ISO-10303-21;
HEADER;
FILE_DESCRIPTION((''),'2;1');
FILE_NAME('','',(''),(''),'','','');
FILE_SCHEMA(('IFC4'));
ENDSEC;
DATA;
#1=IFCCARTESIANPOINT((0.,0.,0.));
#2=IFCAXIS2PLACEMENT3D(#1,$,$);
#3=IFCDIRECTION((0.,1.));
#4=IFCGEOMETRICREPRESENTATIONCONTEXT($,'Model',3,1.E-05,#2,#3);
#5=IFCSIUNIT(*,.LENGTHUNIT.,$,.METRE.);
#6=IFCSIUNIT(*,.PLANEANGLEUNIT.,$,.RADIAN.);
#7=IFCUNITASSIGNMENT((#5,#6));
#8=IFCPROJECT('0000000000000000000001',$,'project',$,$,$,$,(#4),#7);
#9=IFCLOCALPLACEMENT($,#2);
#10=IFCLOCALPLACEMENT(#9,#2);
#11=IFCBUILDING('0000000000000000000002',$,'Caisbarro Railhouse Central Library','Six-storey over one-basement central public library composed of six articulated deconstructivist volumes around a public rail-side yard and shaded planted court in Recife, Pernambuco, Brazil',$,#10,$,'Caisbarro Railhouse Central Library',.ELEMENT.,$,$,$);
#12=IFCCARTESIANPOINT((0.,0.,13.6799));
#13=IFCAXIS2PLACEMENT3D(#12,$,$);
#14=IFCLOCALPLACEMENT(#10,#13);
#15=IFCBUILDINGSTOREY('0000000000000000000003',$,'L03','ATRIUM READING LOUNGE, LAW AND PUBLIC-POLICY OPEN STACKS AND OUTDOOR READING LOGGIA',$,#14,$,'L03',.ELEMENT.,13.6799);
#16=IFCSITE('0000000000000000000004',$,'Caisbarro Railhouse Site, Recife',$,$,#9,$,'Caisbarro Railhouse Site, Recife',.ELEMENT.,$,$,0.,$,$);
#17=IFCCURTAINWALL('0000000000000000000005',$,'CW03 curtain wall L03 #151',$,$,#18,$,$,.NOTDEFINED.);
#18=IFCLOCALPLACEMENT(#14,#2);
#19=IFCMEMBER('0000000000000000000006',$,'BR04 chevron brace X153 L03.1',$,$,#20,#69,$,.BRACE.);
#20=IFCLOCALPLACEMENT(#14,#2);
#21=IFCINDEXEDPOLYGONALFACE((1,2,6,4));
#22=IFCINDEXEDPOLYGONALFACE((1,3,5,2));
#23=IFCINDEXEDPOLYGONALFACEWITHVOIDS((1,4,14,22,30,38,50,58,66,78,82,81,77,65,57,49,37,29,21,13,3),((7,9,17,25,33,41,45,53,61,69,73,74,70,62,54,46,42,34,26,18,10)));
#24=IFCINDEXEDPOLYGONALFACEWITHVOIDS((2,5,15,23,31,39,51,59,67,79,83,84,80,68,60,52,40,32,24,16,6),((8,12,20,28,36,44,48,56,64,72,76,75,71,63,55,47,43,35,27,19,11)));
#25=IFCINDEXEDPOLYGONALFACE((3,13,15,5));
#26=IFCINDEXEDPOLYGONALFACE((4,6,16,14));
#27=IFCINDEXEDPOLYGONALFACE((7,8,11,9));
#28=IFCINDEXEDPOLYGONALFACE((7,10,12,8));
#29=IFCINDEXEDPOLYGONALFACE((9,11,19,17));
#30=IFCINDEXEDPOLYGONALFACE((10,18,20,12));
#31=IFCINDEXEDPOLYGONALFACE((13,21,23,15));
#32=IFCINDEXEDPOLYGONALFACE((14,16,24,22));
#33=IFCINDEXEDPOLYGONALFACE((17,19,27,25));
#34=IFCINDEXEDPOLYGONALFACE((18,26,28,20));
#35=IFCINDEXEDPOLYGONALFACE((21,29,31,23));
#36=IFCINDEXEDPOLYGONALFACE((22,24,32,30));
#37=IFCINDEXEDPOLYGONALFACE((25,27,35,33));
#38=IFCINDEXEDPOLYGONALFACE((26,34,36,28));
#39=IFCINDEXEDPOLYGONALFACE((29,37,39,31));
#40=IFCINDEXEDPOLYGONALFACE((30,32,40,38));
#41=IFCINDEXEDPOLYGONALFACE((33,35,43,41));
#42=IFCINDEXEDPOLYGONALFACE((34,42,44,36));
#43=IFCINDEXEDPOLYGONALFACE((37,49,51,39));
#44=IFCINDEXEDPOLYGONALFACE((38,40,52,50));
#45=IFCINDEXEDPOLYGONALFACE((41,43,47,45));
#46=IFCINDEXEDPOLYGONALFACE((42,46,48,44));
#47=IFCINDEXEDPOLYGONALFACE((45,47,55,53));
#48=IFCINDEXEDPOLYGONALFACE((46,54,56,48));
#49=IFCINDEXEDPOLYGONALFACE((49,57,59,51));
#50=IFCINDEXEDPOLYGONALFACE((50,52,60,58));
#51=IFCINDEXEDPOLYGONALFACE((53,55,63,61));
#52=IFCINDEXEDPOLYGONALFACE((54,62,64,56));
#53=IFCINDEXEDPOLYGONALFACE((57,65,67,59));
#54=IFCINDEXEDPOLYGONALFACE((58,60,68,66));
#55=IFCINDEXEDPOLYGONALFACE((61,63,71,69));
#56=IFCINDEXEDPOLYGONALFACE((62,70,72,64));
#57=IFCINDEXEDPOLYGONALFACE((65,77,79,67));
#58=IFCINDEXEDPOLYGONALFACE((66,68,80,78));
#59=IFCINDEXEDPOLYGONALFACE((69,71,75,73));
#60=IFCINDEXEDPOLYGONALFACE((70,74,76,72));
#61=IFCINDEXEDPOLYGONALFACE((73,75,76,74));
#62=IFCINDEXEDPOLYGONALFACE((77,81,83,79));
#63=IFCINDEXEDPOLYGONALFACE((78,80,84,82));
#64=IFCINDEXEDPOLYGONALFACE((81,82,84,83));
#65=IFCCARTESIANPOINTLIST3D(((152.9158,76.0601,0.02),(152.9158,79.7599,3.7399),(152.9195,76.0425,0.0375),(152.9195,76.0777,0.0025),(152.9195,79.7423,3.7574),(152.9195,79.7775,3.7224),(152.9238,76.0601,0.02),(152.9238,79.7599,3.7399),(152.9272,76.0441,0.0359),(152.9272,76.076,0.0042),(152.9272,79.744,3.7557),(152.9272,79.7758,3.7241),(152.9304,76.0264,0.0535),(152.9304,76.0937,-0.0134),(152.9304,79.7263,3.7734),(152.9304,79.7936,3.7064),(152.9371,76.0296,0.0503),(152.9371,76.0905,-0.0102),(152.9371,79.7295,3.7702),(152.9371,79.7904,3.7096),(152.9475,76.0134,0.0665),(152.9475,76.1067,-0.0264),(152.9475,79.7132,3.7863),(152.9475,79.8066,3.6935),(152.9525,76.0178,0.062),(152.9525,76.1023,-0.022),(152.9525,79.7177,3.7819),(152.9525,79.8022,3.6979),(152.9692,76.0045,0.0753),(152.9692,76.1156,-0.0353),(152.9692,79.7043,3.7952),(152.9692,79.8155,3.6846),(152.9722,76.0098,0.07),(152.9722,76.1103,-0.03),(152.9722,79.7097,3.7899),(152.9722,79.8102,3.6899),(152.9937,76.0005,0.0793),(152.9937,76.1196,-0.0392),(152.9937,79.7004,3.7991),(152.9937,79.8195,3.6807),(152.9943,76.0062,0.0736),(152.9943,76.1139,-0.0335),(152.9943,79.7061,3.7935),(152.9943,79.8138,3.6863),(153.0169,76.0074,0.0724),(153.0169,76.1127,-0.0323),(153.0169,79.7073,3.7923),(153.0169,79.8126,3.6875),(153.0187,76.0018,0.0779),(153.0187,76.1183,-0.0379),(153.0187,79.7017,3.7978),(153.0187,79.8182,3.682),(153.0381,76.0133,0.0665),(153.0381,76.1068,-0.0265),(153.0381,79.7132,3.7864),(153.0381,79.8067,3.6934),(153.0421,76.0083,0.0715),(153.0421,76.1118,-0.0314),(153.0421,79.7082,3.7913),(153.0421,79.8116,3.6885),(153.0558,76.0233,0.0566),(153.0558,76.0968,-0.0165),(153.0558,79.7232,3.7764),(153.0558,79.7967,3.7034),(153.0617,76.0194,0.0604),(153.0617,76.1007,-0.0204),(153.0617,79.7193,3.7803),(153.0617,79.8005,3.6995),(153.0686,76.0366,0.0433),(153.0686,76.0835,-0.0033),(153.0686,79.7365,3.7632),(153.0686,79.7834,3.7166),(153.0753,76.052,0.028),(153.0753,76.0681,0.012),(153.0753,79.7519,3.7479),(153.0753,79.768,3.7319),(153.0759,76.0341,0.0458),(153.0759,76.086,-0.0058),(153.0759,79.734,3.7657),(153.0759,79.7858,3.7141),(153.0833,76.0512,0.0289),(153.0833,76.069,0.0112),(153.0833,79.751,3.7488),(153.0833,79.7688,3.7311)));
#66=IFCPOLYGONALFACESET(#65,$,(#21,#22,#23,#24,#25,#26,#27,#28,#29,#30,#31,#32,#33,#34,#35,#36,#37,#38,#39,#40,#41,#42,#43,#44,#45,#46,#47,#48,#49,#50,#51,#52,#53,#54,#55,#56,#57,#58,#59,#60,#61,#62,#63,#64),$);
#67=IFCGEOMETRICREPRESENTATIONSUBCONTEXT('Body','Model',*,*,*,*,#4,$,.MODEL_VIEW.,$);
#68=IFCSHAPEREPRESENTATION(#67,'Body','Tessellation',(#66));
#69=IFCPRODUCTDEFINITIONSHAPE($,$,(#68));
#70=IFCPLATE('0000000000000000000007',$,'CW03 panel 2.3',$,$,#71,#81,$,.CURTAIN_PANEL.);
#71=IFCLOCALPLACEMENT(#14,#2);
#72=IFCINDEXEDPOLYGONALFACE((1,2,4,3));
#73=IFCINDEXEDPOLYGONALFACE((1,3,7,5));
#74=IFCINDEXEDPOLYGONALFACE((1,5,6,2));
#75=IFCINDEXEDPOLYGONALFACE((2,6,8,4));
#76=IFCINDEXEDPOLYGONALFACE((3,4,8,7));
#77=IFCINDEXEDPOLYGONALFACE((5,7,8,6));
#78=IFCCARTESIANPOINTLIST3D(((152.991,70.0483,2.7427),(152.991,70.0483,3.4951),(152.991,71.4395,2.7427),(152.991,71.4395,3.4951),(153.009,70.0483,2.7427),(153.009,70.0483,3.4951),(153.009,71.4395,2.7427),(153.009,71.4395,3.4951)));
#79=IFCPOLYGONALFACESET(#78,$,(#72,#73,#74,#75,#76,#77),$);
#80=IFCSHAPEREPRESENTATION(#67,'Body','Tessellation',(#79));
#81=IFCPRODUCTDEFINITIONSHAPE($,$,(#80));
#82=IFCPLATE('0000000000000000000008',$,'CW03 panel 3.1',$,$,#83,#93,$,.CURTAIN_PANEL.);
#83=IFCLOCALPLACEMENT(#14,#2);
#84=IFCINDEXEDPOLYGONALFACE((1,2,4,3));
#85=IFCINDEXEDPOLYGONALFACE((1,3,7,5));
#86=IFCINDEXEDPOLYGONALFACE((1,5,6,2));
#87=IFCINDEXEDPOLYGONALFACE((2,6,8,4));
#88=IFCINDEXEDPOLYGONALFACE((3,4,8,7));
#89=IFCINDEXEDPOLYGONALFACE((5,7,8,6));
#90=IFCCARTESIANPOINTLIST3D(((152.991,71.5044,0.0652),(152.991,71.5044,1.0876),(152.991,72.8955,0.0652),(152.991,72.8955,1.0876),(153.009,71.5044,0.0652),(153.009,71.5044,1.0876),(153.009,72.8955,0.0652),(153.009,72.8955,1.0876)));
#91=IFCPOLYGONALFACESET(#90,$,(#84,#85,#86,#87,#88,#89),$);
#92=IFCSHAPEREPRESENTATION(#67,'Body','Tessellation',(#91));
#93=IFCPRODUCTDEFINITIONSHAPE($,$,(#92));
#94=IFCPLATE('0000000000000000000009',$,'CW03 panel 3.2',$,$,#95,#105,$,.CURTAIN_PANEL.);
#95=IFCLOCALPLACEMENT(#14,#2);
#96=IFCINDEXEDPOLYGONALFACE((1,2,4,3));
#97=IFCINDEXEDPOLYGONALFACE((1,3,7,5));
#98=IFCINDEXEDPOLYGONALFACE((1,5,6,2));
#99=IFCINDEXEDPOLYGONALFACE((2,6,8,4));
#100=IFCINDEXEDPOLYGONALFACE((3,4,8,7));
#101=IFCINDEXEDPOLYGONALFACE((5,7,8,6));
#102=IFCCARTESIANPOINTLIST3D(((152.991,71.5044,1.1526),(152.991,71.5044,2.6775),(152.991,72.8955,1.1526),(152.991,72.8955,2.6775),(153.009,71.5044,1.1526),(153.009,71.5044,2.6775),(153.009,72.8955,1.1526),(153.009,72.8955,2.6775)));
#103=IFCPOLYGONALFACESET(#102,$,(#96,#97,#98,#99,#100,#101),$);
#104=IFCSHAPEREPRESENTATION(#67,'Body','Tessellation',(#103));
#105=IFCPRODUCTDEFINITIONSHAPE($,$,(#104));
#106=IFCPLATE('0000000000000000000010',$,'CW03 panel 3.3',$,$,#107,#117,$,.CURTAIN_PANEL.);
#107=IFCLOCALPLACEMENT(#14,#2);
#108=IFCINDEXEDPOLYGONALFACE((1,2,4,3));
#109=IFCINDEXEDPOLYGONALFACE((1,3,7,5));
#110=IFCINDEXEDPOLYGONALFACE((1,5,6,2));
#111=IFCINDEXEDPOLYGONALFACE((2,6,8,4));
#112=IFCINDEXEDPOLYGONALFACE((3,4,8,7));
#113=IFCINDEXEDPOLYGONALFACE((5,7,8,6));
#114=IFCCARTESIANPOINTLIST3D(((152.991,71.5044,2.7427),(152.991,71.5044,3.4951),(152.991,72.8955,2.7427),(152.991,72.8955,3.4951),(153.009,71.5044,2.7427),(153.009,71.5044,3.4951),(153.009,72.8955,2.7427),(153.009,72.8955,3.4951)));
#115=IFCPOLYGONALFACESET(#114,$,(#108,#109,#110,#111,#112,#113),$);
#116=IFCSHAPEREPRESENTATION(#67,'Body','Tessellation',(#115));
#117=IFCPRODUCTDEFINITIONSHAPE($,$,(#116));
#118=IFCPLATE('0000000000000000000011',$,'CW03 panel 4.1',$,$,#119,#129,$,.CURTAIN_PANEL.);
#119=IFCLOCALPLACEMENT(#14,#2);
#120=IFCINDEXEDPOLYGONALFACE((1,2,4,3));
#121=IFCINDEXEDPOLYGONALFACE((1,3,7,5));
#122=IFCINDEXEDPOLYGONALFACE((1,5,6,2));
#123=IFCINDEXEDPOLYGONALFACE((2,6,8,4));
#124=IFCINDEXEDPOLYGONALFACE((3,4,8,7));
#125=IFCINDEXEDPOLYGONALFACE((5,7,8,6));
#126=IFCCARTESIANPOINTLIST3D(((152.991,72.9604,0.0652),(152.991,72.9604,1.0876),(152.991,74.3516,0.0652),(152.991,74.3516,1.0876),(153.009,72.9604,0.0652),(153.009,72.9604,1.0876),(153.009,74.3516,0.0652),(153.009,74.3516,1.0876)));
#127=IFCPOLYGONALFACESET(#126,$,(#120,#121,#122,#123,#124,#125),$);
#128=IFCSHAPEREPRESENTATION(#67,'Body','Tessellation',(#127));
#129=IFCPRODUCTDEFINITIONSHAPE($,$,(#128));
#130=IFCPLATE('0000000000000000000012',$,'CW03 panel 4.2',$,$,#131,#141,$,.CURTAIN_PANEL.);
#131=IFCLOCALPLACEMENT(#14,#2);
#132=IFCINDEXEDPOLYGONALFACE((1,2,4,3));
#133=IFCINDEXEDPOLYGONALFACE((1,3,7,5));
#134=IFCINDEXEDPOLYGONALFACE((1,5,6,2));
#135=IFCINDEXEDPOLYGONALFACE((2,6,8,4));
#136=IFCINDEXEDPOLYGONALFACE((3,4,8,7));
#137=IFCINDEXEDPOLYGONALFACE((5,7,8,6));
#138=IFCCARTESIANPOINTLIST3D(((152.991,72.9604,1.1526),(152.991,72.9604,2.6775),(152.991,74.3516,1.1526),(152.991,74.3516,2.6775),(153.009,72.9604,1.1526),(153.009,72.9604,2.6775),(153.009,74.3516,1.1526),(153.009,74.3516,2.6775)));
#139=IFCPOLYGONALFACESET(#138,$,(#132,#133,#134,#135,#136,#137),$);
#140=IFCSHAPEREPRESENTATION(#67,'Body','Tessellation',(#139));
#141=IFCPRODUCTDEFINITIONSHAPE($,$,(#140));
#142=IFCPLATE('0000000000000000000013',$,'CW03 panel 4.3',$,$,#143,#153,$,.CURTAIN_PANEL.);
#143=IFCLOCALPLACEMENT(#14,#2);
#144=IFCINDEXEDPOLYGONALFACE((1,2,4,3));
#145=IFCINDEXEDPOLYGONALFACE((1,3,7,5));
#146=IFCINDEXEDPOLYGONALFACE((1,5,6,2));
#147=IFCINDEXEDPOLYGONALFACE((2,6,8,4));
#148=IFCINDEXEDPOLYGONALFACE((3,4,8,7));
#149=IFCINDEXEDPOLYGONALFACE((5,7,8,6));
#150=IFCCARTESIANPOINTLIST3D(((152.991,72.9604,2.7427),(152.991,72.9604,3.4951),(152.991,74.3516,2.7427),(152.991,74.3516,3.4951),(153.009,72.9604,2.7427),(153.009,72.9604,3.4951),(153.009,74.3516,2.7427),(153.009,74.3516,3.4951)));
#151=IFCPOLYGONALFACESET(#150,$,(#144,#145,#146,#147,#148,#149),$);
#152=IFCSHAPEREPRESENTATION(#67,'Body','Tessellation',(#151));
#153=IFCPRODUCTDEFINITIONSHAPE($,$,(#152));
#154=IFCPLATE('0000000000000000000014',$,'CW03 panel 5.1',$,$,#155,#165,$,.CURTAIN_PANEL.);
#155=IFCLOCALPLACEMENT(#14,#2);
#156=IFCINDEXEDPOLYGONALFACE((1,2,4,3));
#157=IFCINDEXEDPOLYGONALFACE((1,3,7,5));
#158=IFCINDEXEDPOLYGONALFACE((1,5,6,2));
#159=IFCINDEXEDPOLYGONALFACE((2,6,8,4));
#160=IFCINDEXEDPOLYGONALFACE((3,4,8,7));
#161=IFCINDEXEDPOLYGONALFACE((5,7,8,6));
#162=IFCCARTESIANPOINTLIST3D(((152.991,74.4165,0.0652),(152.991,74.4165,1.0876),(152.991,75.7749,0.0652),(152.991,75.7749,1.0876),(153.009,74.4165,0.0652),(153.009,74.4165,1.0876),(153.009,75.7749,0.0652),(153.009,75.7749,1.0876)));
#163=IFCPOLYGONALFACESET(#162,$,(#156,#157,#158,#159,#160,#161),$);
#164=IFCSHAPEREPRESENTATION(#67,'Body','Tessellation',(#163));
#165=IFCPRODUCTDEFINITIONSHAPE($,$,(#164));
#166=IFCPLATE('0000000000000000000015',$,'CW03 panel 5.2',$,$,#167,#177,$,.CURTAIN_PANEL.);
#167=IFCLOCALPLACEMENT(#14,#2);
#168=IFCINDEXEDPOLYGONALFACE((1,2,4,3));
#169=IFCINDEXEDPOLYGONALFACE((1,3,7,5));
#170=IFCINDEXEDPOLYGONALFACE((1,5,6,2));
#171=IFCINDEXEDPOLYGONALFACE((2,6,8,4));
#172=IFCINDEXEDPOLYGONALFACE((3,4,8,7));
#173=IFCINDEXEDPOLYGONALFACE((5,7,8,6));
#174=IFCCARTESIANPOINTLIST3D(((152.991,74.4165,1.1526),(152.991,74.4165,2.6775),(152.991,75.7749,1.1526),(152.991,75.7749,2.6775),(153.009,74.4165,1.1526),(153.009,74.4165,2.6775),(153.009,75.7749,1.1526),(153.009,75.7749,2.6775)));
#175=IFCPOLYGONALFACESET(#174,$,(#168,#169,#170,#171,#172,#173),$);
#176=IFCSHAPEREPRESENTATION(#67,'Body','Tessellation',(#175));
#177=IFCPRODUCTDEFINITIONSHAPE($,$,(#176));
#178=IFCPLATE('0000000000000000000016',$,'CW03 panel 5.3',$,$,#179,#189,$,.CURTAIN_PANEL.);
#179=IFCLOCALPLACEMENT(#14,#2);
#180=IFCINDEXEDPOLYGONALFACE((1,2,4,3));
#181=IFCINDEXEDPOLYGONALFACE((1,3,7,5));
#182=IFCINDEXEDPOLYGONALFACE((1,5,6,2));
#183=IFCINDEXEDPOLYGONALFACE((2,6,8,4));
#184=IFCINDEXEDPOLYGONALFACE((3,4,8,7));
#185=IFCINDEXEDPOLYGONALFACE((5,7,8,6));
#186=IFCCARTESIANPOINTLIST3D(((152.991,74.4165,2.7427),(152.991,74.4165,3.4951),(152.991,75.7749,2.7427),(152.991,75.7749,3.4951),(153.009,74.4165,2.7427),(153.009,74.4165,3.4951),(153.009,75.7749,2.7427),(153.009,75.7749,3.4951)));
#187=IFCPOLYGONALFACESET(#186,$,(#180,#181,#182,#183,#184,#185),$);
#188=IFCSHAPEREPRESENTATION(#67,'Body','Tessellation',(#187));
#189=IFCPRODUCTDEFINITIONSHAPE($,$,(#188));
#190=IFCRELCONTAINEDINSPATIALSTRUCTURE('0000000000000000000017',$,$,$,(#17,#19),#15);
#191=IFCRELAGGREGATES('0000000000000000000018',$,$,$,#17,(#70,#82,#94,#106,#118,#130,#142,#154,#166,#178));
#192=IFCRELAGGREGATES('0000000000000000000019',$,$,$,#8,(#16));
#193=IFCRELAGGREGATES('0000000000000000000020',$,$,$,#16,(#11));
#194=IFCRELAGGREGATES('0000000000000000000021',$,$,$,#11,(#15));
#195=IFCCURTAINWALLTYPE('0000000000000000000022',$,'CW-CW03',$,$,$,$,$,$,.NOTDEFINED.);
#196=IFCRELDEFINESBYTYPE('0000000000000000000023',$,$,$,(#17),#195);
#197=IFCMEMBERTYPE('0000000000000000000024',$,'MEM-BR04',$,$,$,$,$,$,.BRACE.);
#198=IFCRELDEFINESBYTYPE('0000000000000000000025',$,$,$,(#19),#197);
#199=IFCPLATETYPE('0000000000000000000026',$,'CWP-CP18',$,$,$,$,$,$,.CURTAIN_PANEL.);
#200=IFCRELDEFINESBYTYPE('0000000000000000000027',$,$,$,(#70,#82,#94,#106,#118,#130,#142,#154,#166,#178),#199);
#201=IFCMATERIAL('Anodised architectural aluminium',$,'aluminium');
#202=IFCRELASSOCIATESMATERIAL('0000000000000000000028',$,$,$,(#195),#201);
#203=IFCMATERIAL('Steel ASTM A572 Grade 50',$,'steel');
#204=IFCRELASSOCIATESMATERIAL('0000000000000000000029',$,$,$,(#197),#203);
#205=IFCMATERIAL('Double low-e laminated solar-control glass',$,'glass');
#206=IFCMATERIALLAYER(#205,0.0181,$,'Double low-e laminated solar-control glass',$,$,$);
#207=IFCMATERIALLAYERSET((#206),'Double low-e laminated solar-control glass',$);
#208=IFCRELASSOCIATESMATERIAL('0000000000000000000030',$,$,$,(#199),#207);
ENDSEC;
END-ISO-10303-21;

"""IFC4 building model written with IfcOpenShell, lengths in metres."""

from ifc_helpers import new_model, si_unit, direction, frame, origin, origin_2d, place, context, subcontext, project, spatial, rectangle, hollow_circle, extrude, material, layer, layer_set, material_profile, profile_set, type_object, element, aggregate, save


model = new_model("IFC4")

# Units and contexts
model_context = context("Model", 3, precision=1e-05, world=origin(), true_north=direction((0.0, 1.0)))
body_context = subcontext(model_context, "Body", "Model", "MODEL_VIEW")
ifc_project = project(units=[si_unit("LENGTHUNIT", "METRE"), si_unit("PLANEANGLEUNIT", "RADIAN")], contexts=[model_context])

# Site, building, storey
site_placement = place(None, origin())
site = spatial("IfcSite", under=ifc_project, at=site_placement, Name="Caisbarro Railhouse Site, Recife", LongName="Caisbarro Railhouse Site, Recife", CompositionType="ELEMENT", RefElevation=0.0)
building_placement = place(site_placement, origin())
building = spatial("IfcBuilding", under=site, at=building_placement, Name="Caisbarro Railhouse Central Library", Description="Six-storey over one-basement central public library composed of six articulated deconstructivist volumes around a public rail-side yard and shaded planted court in Recife, Pernambuco, Brazil", LongName="Caisbarro Railhouse Central Library", CompositionType="ELEMENT")
storey_placement = place(building_placement, frame((0.0, 0.0, 13.6799)))
storey = spatial("IfcBuildingStorey", under=building, at=storey_placement, Name="L03", Description="ATRIUM READING LOUNGE, LAW AND PUBLIC-POLICY OPEN STACKS AND OUTDOOR READING LOGGIA", LongName="L03", CompositionType="ELEMENT", Elevation=13.6799)

# Shared definitions
ifc_material_1 = material(Name="Steel ASTM A572 Grade 50", Category="steel")

# Curtain wall
ifc_material_2 = material(Name="Anodised architectural aluminium", Category="aluminium")
curtain_wall_type = type_object("IfcCurtainWallType", Name="CW-CW03", PredefinedType="NOTDEFINED", material=ifc_material_2)
curtain_wall_placement = place(storey_placement, origin())
curtain_wall = element("IfcCurtainWall", 1, at=curtain_wall_placement, inside=storey, type_object=curtain_wall_type, Name="CW03 curtain wall L03 #151", PredefinedType="NOTDEFINED")

# Member
ifc_material_profile_1 = material_profile(ifc_material_1, hollow_circle(Radius=0.0842, WallThickness=0.0081, at=origin_2d()), Name="CHS168.3X8")
ifc_profile_set_1 = profile_set([ifc_material_profile_1], Name="Steel ASTM A572 Grade 50")
member_type_1 = type_object("IfcMemberType", Name="MEM-BR04", PredefinedType="BRACE", material=ifc_profile_set_1)
member_1_placement = place(storey_placement, frame((153.0, 76.0601, 0.02), z_axis=(0.0, 0.705196, 0.709012), x_axis=(-1.0, 0.0, 0.0)))
element("IfcMember", 2, at=member_1_placement, inside=storey, type_object=member_type_1, Name="BR04 chevron brace X153 L03.1", PredefinedType="BRACE", context=body_context, shape_type="SweptSolid", body=[
    extrude(hollow_circle(Radius=0.0842, WallThickness=0.0081, at=origin_2d()), origin(), (0.0, 0.0, 1.0), 5.2466),
])

# Plates
ifc_material_3 = material(Name="Double low-e laminated solar-control glass", Category="glass")
ifc_layer_1 = layer(ifc_material_3, 0.0181, Name="Double low-e laminated solar-control glass")
ifc_layer_set_1 = layer_set([ifc_layer_1], Name="Double low-e laminated solar-control glass")
plate_type_1 = type_object("IfcPlateType", Name="CWP-CP18", PredefinedType="CURTAIN_PANEL", material=ifc_layer_set_1)
plate_1_placement = place(storey_placement, frame((153.0, 70.7439, 2.7427), z_axis=(0.0, 0.0, 1.0), x_axis=(0.0, 1.0, 0.0)))
plate_1 = element("IfcPlate", 3, at=plate_1_placement, type_object=plate_type_1, Name="CW03 panel 2.3", PredefinedType="CURTAIN_PANEL", context=body_context, shape_type="SweptSolid", body=[
    extrude(rectangle(XDim=1.3911, YDim=0.0181, at=origin_2d()), origin(), (0.0, 0.0, 1.0), 0.7524),
])
plate_2_placement = place(storey_placement, frame((153.0, 72.2, 0.0652), z_axis=(0.0, 0.0, 1.0), x_axis=(0.0, 1.0, 0.0)))
plate_2 = element("IfcPlate", 4, at=plate_2_placement, type_object=plate_type_1, Name="CW03 panel 3.1", PredefinedType="CURTAIN_PANEL", context=body_context, shape_type="SweptSolid", body=[
    extrude(rectangle(XDim=1.3911, YDim=0.0181, at=origin_2d()), origin(), (0.0, 0.0, 1.0), 1.0225),
])
plate_3_placement = place(storey_placement, frame((153.0, 72.2, 1.1526), z_axis=(0.0, 0.0, 1.0), x_axis=(0.0, 1.0, 0.0)))
plate_3 = element("IfcPlate", 5, at=plate_3_placement, type_object=plate_type_1, Name="CW03 panel 3.2", PredefinedType="CURTAIN_PANEL", context=body_context, shape_type="SweptSolid", body=[
    extrude(rectangle(XDim=1.3911, YDim=0.0181, at=origin_2d()), origin(), (0.0, 0.0, 1.0), 1.5249),
])
plate_4_placement = place(storey_placement, frame((153.0, 72.2, 2.7427), z_axis=(0.0, 0.0, 1.0), x_axis=(0.0, 1.0, 0.0)))
plate_4 = element("IfcPlate", 6, at=plate_4_placement, type_object=plate_type_1, Name="CW03 panel 3.3", PredefinedType="CURTAIN_PANEL", context=body_context, shape_type="SweptSolid", body=[
    extrude(rectangle(XDim=1.3911, YDim=0.0181, at=origin_2d()), origin(), (0.0, 0.0, 1.0), 0.7524),
])
plate_5_placement = place(storey_placement, frame((153.0, 73.656, 0.0652), z_axis=(0.0, 0.0, 1.0), x_axis=(0.0, 1.0, 0.0)))
plate_5 = element("IfcPlate", 7, at=plate_5_placement, type_object=plate_type_1, Name="CW03 panel 4.1", PredefinedType="CURTAIN_PANEL", context=body_context, shape_type="SweptSolid", body=[
    extrude(rectangle(XDim=1.3911, YDim=0.0181, at=origin_2d()), origin(), (0.0, 0.0, 1.0), 1.0225),
])
plate_6_placement = place(storey_placement, frame((153.0, 73.656, 1.1526), z_axis=(0.0, 0.0, 1.0), x_axis=(0.0, 1.0, 0.0)))
plate_6 = element("IfcPlate", 8, at=plate_6_placement, type_object=plate_type_1, Name="CW03 panel 4.2", PredefinedType="CURTAIN_PANEL", context=body_context, shape_type="SweptSolid", body=[
    extrude(rectangle(XDim=1.3911, YDim=0.0181, at=origin_2d()), origin(), (0.0, 0.0, 1.0), 1.5249),
])
plate_7_placement = place(storey_placement, frame((153.0, 73.656, 2.7427), z_axis=(0.0, 0.0, 1.0), x_axis=(0.0, 1.0, 0.0)))
plate_7 = element("IfcPlate", 9, at=plate_7_placement, type_object=plate_type_1, Name="CW03 panel 4.3", PredefinedType="CURTAIN_PANEL", context=body_context, shape_type="SweptSolid", body=[
    extrude(rectangle(XDim=1.3911, YDim=0.0181, at=origin_2d()), origin(), (0.0, 0.0, 1.0), 0.7524),
])
plate_8_placement = place(storey_placement, frame((153.0, 75.0957, 0.0652), z_axis=(0.0, 0.0, 1.0), x_axis=(0.0, 1.0, 0.0)))
plate_8 = element("IfcPlate", 10, at=plate_8_placement, type_object=plate_type_1, Name="CW03 panel 5.1", PredefinedType="CURTAIN_PANEL", context=body_context, shape_type="SweptSolid", body=[
    extrude(rectangle(XDim=1.3584, YDim=0.0181, at=origin_2d()), origin(), (0.0, 0.0, 1.0), 1.0225),
])
plate_9_placement = place(storey_placement, frame((153.0, 75.0957, 1.1526), z_axis=(0.0, 0.0, 1.0), x_axis=(0.0, 1.0, 0.0)))
plate_9 = element("IfcPlate", 11, at=plate_9_placement, type_object=plate_type_1, Name="CW03 panel 5.2", PredefinedType="CURTAIN_PANEL", context=body_context, shape_type="SweptSolid", body=[
    extrude(rectangle(XDim=1.3584, YDim=0.0181, at=origin_2d()), origin(), (0.0, 0.0, 1.0), 1.5249),
])
plate_10_placement = place(storey_placement, frame((153.0, 75.0957, 2.7427), z_axis=(0.0, 0.0, 1.0), x_axis=(0.0, 1.0, 0.0)))
plate_10 = element("IfcPlate", 12, at=plate_10_placement, type_object=plate_type_1, Name="CW03 panel 5.3", PredefinedType="CURTAIN_PANEL", context=body_context, shape_type="SweptSolid", body=[
    extrude(rectangle(XDim=1.3584, YDim=0.0181, at=origin_2d()), origin(), (0.0, 0.0, 1.0), 0.7524),
])
aggregate(curtain_wall, [plate_1, plate_2, plate_3, plate_4, plate_5, plate_6, plate_7, plate_8, plate_9, plate_10])

save(model, "model.ifc")
